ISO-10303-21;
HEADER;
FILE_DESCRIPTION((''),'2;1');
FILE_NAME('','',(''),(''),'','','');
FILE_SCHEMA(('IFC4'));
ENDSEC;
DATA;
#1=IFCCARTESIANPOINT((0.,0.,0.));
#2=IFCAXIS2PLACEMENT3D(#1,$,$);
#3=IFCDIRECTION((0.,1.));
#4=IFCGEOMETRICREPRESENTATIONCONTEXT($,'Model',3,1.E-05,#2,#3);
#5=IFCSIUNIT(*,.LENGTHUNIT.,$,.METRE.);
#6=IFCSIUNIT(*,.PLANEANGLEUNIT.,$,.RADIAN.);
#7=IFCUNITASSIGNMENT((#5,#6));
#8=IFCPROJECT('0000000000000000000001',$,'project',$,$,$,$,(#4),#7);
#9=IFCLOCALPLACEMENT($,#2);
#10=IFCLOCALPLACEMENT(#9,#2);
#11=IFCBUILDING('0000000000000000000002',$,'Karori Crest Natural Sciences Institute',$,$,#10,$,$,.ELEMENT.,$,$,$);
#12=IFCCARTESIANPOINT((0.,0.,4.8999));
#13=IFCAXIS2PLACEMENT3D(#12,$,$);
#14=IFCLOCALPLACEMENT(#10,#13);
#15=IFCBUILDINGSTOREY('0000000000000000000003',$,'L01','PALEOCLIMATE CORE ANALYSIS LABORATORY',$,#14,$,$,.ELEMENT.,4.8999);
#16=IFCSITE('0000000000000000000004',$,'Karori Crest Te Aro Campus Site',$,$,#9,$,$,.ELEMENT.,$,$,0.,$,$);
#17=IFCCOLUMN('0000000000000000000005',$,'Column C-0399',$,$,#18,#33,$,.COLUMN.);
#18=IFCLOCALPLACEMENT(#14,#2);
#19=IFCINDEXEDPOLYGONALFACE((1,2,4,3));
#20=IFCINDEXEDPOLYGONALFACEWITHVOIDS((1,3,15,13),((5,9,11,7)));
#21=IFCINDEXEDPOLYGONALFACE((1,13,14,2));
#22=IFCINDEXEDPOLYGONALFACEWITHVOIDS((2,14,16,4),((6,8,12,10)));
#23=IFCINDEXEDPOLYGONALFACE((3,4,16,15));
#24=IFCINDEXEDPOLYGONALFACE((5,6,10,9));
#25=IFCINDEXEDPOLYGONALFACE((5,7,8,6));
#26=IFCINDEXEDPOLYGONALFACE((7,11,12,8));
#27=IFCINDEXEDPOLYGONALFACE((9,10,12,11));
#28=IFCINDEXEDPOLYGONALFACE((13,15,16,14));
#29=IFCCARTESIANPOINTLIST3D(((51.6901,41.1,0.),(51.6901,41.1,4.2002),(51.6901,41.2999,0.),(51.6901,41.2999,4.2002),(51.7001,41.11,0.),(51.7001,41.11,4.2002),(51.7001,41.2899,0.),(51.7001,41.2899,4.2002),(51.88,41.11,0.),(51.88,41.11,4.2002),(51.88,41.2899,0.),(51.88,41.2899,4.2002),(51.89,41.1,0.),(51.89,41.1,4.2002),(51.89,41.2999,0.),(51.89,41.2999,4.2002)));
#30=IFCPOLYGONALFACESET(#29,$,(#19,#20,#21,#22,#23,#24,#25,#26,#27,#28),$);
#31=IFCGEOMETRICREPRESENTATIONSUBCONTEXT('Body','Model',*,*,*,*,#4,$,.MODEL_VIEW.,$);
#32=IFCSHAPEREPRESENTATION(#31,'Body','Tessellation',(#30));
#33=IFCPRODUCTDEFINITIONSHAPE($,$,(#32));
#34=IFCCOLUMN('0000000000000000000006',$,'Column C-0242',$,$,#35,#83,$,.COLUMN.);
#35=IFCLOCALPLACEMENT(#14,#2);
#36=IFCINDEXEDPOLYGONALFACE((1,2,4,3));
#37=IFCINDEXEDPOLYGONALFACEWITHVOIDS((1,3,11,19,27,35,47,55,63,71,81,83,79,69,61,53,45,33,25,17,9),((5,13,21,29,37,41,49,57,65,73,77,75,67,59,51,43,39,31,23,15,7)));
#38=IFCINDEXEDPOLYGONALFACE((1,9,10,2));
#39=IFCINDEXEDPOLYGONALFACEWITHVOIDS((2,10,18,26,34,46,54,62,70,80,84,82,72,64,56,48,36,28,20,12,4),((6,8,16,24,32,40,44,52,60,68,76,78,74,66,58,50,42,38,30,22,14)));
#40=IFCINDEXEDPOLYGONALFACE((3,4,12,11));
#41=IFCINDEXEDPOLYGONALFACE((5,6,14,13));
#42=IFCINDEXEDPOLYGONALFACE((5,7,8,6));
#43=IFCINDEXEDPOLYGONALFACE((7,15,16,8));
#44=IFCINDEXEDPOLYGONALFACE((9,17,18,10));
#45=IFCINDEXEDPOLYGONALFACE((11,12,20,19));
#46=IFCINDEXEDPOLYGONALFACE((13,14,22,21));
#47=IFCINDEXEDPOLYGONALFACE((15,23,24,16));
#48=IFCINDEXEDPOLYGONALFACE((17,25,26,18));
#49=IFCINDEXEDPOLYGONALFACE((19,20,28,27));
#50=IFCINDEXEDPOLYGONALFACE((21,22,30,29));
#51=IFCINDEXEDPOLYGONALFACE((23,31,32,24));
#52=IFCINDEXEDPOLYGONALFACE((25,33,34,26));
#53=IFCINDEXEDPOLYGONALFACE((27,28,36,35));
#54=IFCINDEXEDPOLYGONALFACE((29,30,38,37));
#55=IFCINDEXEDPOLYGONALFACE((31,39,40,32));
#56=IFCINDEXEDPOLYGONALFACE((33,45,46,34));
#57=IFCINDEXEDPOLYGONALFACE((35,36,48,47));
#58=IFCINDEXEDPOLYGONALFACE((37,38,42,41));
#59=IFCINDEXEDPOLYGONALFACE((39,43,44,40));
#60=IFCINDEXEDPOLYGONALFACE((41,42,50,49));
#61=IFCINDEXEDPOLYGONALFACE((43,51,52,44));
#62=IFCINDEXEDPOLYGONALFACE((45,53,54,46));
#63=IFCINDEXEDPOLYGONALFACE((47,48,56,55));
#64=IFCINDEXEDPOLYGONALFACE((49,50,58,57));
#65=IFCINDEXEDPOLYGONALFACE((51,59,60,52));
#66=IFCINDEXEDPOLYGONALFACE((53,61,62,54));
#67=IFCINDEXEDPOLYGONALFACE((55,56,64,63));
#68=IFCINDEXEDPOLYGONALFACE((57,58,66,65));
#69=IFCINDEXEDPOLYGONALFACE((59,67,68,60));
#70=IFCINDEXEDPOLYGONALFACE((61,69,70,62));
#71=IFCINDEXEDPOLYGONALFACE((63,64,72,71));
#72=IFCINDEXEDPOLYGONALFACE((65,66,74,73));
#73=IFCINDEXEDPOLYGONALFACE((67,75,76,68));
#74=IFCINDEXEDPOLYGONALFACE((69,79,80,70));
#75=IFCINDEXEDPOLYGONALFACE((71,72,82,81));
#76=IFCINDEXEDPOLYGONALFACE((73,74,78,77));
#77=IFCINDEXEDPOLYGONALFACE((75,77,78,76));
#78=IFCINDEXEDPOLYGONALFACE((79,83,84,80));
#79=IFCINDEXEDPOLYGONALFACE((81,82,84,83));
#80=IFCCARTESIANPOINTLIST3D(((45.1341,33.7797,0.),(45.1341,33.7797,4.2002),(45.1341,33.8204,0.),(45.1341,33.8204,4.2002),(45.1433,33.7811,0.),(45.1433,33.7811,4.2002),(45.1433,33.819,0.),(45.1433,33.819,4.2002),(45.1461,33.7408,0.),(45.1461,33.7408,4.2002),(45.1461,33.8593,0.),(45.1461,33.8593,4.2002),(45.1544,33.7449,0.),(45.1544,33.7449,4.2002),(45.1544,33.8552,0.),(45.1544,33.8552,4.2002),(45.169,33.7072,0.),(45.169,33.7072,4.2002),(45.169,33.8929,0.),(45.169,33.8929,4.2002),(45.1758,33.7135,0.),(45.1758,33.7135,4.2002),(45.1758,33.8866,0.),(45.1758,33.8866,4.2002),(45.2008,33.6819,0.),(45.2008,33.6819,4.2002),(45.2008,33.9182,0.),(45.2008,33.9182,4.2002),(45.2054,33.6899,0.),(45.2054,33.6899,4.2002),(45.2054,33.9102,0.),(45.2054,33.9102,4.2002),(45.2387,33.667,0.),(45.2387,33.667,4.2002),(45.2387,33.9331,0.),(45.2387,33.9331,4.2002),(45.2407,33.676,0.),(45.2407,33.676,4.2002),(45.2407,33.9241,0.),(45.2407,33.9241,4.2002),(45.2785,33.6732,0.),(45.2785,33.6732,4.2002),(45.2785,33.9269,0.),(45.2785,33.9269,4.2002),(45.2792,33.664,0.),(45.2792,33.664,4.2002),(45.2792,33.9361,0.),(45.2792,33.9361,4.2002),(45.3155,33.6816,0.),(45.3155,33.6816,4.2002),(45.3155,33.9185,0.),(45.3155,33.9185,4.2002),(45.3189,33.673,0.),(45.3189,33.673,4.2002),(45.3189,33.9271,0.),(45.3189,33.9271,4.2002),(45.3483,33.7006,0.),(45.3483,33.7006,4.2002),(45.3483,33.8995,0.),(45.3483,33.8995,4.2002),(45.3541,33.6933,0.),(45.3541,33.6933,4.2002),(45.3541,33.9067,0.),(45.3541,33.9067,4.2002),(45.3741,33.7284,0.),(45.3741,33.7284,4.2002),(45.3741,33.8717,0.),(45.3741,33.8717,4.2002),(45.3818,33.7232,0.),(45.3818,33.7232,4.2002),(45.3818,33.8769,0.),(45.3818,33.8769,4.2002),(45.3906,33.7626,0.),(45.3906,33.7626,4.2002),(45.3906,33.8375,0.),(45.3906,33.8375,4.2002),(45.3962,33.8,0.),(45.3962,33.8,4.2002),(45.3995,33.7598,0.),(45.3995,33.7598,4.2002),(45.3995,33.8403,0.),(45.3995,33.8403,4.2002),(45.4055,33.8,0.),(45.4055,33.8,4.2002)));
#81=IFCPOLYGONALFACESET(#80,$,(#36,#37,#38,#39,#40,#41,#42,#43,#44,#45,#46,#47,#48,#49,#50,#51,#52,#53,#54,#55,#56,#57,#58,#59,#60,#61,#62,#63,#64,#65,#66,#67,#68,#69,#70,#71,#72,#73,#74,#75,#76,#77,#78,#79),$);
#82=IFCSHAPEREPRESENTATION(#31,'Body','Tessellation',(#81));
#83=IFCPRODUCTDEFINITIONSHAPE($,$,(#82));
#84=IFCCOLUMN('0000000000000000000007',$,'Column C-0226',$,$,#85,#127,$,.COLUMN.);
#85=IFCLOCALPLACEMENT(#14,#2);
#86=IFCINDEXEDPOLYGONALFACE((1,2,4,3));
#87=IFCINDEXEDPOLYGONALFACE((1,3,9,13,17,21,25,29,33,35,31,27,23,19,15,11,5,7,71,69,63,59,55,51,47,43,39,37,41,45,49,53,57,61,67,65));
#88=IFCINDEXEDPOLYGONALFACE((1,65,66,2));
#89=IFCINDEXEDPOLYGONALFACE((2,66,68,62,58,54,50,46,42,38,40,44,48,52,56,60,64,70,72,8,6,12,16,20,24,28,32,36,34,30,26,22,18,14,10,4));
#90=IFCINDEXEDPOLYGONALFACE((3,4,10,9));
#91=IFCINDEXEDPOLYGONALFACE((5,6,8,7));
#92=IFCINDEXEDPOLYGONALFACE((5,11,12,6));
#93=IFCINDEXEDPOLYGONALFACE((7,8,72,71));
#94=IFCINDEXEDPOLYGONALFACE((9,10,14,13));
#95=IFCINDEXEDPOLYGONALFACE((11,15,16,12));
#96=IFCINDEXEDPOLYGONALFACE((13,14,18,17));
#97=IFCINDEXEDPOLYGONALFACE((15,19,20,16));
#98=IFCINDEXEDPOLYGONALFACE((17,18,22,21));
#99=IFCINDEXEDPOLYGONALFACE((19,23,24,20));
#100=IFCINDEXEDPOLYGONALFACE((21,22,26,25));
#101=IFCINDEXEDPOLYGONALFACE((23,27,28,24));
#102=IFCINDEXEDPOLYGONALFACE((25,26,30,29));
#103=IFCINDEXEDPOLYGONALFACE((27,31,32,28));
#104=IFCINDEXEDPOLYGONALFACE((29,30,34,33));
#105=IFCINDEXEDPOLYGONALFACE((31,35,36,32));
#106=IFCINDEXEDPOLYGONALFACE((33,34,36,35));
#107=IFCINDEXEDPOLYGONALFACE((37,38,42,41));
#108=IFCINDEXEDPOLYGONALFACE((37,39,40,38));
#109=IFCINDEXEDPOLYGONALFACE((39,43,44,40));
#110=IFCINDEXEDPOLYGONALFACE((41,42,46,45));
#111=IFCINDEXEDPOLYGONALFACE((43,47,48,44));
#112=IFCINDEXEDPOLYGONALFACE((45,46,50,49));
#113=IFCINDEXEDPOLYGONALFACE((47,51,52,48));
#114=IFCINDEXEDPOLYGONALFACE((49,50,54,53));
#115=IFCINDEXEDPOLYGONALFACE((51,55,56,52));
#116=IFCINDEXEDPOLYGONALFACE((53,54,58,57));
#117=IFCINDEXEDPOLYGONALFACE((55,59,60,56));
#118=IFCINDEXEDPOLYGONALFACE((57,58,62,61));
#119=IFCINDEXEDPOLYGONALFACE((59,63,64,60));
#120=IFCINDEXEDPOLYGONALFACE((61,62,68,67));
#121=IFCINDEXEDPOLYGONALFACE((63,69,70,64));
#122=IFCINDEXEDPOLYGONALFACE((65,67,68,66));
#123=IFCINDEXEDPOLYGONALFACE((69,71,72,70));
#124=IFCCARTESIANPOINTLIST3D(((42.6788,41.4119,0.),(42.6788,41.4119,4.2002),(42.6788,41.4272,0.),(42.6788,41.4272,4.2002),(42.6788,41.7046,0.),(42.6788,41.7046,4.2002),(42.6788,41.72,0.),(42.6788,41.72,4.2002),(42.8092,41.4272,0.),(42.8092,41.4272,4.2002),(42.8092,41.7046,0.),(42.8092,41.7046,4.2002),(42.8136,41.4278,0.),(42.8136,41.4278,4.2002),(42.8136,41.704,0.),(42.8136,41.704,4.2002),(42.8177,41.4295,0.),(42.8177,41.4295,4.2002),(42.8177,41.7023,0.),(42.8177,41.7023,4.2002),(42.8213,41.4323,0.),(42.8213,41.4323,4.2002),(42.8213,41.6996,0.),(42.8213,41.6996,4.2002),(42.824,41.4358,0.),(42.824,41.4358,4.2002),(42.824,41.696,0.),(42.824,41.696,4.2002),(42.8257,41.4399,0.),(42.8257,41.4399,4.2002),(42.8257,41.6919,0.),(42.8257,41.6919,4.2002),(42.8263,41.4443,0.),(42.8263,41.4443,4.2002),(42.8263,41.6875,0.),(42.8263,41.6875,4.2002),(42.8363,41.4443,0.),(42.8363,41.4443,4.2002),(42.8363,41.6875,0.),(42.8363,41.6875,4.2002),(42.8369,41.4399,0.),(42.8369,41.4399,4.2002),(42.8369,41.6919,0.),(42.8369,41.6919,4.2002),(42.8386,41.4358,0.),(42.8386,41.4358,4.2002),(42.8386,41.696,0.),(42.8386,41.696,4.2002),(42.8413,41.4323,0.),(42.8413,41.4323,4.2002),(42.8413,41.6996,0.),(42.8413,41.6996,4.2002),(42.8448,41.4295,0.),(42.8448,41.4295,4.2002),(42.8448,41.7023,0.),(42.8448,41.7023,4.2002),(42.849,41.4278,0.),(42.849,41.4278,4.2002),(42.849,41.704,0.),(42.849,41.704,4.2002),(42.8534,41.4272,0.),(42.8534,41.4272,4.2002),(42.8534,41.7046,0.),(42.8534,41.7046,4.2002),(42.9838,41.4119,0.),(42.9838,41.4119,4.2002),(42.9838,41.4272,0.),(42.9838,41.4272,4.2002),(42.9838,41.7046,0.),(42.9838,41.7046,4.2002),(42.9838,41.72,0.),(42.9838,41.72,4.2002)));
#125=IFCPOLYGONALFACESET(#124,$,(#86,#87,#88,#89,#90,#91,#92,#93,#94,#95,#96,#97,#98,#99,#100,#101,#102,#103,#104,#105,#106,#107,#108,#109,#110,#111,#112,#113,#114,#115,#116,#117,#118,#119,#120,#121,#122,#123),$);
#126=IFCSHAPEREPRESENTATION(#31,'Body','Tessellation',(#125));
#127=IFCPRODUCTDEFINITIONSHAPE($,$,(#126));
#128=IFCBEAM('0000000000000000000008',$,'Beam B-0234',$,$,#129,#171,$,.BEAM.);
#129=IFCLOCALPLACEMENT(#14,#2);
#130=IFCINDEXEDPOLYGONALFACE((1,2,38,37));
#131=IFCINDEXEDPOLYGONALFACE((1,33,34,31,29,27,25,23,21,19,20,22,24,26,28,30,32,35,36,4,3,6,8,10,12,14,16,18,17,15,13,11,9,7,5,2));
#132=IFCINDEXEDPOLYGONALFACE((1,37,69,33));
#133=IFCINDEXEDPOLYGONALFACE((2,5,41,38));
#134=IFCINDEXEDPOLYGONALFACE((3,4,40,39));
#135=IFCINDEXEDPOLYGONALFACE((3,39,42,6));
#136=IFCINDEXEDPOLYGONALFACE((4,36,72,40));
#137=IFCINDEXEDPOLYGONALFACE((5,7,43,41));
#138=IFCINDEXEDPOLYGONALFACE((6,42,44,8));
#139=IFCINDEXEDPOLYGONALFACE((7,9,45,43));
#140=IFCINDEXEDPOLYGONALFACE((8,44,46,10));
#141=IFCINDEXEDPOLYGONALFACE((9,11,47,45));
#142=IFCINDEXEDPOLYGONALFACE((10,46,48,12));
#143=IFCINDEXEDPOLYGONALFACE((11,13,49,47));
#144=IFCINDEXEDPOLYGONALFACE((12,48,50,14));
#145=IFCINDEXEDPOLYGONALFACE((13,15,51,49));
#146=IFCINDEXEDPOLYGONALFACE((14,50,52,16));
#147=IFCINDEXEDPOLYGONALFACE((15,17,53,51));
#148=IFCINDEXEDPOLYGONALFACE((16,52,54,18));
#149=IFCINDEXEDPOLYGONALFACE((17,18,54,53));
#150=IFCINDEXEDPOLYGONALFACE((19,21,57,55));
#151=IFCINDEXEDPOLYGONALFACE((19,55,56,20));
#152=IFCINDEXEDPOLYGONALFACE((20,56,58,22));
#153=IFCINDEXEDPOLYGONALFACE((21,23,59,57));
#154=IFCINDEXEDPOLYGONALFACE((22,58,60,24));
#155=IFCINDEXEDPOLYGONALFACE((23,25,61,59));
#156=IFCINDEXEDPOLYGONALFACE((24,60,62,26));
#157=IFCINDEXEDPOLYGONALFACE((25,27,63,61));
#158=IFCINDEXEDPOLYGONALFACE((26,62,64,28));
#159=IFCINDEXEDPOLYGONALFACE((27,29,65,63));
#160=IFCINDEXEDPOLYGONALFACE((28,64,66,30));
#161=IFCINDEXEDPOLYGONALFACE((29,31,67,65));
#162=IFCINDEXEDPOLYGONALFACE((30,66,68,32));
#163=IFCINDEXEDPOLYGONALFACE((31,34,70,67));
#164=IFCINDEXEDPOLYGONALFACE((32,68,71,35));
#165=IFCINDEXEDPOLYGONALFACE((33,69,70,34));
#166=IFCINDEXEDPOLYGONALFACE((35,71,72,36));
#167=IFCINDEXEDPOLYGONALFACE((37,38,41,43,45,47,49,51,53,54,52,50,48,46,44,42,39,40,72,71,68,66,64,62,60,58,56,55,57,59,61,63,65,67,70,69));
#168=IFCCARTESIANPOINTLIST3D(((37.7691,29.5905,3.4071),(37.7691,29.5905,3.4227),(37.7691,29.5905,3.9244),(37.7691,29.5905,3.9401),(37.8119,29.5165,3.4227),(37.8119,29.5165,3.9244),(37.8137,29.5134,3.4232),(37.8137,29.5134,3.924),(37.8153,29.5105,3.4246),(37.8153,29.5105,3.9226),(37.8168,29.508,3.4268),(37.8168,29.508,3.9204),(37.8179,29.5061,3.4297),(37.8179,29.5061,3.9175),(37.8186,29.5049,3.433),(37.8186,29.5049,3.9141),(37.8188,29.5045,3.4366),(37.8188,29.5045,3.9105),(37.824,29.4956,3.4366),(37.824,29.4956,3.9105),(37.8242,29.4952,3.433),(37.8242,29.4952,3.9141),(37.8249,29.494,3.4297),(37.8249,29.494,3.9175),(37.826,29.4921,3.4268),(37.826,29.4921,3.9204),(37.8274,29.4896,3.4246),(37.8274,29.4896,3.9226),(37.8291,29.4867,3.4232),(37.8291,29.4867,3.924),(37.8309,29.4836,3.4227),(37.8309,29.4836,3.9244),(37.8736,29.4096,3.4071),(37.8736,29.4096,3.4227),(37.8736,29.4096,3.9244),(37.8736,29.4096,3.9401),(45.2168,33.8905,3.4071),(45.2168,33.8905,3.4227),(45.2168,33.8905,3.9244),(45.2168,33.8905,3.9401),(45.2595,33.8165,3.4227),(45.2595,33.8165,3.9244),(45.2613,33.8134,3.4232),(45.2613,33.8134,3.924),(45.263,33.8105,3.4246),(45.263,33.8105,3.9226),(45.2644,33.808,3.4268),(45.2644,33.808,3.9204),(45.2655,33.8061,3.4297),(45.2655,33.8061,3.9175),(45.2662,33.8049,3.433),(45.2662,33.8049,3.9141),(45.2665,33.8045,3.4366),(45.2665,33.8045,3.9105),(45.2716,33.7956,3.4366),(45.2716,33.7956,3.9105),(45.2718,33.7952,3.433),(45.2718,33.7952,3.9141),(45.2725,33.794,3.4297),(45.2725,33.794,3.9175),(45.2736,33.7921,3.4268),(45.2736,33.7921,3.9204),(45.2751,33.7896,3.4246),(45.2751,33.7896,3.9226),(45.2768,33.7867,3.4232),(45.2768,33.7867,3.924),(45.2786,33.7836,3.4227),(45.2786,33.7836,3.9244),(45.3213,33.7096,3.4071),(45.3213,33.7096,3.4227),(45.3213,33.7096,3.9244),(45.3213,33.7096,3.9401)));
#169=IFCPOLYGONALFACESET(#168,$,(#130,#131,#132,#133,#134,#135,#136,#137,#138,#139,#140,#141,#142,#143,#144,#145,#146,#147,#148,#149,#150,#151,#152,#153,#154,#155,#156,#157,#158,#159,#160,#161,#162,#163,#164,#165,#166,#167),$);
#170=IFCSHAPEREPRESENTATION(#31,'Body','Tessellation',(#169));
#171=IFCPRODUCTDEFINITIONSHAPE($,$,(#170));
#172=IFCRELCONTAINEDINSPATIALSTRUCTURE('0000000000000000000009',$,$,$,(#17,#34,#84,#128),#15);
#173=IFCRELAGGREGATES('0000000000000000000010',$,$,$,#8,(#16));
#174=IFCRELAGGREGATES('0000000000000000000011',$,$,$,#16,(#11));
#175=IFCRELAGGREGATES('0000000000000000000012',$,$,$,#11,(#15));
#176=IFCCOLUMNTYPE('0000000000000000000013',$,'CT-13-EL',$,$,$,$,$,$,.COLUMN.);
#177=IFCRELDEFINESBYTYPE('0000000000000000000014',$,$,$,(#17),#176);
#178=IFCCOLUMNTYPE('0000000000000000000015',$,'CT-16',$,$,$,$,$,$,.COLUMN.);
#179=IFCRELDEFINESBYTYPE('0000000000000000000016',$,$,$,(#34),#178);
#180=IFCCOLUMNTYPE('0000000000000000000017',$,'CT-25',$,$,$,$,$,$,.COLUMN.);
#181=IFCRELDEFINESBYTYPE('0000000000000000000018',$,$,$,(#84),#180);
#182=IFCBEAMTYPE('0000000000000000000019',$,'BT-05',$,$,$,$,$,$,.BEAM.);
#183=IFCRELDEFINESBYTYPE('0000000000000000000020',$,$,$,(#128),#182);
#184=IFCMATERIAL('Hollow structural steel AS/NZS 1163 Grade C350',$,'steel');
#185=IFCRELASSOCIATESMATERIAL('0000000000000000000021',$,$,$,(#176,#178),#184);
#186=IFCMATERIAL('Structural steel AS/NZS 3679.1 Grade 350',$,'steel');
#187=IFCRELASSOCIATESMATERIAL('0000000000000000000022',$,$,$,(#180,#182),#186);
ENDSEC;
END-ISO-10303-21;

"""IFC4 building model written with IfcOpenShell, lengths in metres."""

from ifc_helpers import new_model, si_unit, direction, frame, origin, origin_2d, place, context, subcontext, project, spatial, hollow_rectangle, hollow_circle, i_section, extrude, material, material_profile, profile_set, type_object, element, save


model = new_model("IFC4")

# Units and contexts
model_context = context("Model", 3, precision=1e-05, world=origin(), true_north=direction((0.0, 1.0)))
body_context = subcontext(model_context, "Body", "Model", "MODEL_VIEW")
ifc_project = project(units=[si_unit("LENGTHUNIT", "METRE"), si_unit("PLANEANGLEUNIT", "RADIAN")], contexts=[model_context])

# Site, building, storey
site_placement = place(None, origin())
site = spatial("IfcSite", under=ifc_project, at=site_placement, Name="Karori Crest Te Aro Campus Site", CompositionType="ELEMENT", RefElevation=0.0)
building_placement = place(site_placement, origin())
building = spatial("IfcBuilding", under=site, at=building_placement, Name="Karori Crest Natural Sciences Institute", CompositionType="ELEMENT")
storey_placement = place(building_placement, frame((0.0, 0.0, 4.8999)))
storey = spatial("IfcBuildingStorey", under=building, at=storey_placement, Name="L01", Description="PALEOCLIMATE CORE ANALYSIS LABORATORY", CompositionType="ELEMENT", Elevation=4.8999)

# Columns
ifc_material_1 = material(Name="Hollow structural steel AS/NZS 1163 Grade C350", Category="steel")
ifc_material_profile_1 = material_profile(ifc_material_1, hollow_rectangle(XDim=0.2, YDim=0.2, WallThickness=0.01, at=origin_2d()), Name="SHS200x200x10")
ifc_profile_set_1 = profile_set([ifc_material_profile_1], Name="Hollow structural steel AS/NZS 1163 Grade C350")
column_type_1 = type_object("IfcColumnType", Name="CT-13-EL", PredefinedType="COLUMN", material=ifc_profile_set_1)
column_1_placement = place(storey_placement, frame((51.79, 41.2, 0.0), z_axis=(0.0, 0.0, 1.0), x_axis=(1.0, 0.0, 0.0)))
element("IfcColumn", 1, at=column_1_placement, inside=storey, type_object=column_type_1, Name="Column C-0399", PredefinedType="COLUMN", context=body_context, shape_type="SweptSolid", body=[
    extrude(hollow_rectangle(XDim=0.2, YDim=0.2, WallThickness=0.01, at=origin_2d()), origin(), (0.0, 0.0, 1.0), 4.2002),
])
ifc_material_profile_2 = material_profile(ifc_material_1, hollow_circle(Radius=0.1365, WallThickness=0.0093, at=origin_2d()), Name="CHS273.0x9.3")
ifc_profile_set_2 = profile_set([ifc_material_profile_2], Name="Hollow structural steel AS/NZS 1163 Grade C350")
column_type_2 = type_object("IfcColumnType", Name="CT-16", PredefinedType="COLUMN", material=ifc_profile_set_2)
column_2_placement = place(storey_placement, frame((45.269, 33.8, 0.0), z_axis=(0.0, 0.0, 1.0), x_axis=(1.0, 0.0, 0.0)))
element("IfcColumn", 2, at=column_2_placement, inside=storey, type_object=column_type_2, Name="Column C-0242", PredefinedType="COLUMN", context=body_context, shape_type="SweptSolid", body=[
    extrude(hollow_circle(Radius=0.1365, WallThickness=0.0093, at=origin_2d()), origin(), (0.0, 0.0, 1.0), 4.2002),
])
ifc_material_2 = material(Name="Structural steel AS/NZS 3679.1 Grade 350", Category="steel")
ifc_material_profile_3 = material_profile(ifc_material_2, i_section(OverallWidth=0.3049, OverallDepth=0.3081, WebThickness=0.01, FlangeThickness=0.0154, FilletRadius=0.0171, at=origin_2d()), Name="310UC96.8")
ifc_profile_set_3 = profile_set([ifc_material_profile_3], Name="Structural steel AS/NZS 3679.1 Grade 350")
column_type_3 = type_object("IfcColumnType", Name="CT-25", PredefinedType="COLUMN", material=ifc_profile_set_3)
column_3_placement = place(storey_placement, frame((42.8313, 41.5659, 0.0), z_axis=(0.0, 0.0, 1.0), x_axis=(1.0, 0.0, 0.0)))
element("IfcColumn", 3, at=column_3_placement, inside=storey, type_object=column_type_3, Name="Column C-0226", PredefinedType="COLUMN", context=body_context, shape_type="SweptSolid", body=[
    extrude(i_section(OverallWidth=0.3049, OverallDepth=0.3081, WebThickness=0.01, FlangeThickness=0.0154, FilletRadius=0.0171, at=origin_2d()), origin(), (0.0, 0.0, 1.0), 4.2002),
])

# Beam
ifc_material_profile_4 = material_profile(ifc_material_2, i_section(OverallWidth=0.209, OverallDepth=0.533, WebThickness=0.0103, FlangeThickness=0.0156, FilletRadius=0.0139, at=origin_2d()), Name="530UB92.4")
ifc_profile_set_4 = profile_set([ifc_material_profile_4], Name="Structural steel AS/NZS 3679.1 Grade 350")
beam_type_1 = type_object("IfcBeamType", Name="BT-05", PredefinedType="BEAM", material=ifc_profile_set_4)
beam_1_placement = place(storey_placement, frame((45.269, 33.8, 3.6736), z_axis=(-0.866021, -0.500008, 0.0), x_axis=(0.500008, -0.866021, 0.0)))
element("IfcBeam", 4, at=beam_1_placement, inside=storey, type_object=beam_type_1, Name="Beam B-0234", PredefinedType="BEAM", context=body_context, shape_type="SweptSolid", body=[
    extrude(i_section(OverallWidth=0.209, OverallDepth=0.533, WebThickness=0.0103, FlangeThickness=0.0156, FilletRadius=0.0139, at=origin_2d()), origin(), (0.0, 0.0, 1.0), 8.5999),
])

save(model, "model.ifc")
